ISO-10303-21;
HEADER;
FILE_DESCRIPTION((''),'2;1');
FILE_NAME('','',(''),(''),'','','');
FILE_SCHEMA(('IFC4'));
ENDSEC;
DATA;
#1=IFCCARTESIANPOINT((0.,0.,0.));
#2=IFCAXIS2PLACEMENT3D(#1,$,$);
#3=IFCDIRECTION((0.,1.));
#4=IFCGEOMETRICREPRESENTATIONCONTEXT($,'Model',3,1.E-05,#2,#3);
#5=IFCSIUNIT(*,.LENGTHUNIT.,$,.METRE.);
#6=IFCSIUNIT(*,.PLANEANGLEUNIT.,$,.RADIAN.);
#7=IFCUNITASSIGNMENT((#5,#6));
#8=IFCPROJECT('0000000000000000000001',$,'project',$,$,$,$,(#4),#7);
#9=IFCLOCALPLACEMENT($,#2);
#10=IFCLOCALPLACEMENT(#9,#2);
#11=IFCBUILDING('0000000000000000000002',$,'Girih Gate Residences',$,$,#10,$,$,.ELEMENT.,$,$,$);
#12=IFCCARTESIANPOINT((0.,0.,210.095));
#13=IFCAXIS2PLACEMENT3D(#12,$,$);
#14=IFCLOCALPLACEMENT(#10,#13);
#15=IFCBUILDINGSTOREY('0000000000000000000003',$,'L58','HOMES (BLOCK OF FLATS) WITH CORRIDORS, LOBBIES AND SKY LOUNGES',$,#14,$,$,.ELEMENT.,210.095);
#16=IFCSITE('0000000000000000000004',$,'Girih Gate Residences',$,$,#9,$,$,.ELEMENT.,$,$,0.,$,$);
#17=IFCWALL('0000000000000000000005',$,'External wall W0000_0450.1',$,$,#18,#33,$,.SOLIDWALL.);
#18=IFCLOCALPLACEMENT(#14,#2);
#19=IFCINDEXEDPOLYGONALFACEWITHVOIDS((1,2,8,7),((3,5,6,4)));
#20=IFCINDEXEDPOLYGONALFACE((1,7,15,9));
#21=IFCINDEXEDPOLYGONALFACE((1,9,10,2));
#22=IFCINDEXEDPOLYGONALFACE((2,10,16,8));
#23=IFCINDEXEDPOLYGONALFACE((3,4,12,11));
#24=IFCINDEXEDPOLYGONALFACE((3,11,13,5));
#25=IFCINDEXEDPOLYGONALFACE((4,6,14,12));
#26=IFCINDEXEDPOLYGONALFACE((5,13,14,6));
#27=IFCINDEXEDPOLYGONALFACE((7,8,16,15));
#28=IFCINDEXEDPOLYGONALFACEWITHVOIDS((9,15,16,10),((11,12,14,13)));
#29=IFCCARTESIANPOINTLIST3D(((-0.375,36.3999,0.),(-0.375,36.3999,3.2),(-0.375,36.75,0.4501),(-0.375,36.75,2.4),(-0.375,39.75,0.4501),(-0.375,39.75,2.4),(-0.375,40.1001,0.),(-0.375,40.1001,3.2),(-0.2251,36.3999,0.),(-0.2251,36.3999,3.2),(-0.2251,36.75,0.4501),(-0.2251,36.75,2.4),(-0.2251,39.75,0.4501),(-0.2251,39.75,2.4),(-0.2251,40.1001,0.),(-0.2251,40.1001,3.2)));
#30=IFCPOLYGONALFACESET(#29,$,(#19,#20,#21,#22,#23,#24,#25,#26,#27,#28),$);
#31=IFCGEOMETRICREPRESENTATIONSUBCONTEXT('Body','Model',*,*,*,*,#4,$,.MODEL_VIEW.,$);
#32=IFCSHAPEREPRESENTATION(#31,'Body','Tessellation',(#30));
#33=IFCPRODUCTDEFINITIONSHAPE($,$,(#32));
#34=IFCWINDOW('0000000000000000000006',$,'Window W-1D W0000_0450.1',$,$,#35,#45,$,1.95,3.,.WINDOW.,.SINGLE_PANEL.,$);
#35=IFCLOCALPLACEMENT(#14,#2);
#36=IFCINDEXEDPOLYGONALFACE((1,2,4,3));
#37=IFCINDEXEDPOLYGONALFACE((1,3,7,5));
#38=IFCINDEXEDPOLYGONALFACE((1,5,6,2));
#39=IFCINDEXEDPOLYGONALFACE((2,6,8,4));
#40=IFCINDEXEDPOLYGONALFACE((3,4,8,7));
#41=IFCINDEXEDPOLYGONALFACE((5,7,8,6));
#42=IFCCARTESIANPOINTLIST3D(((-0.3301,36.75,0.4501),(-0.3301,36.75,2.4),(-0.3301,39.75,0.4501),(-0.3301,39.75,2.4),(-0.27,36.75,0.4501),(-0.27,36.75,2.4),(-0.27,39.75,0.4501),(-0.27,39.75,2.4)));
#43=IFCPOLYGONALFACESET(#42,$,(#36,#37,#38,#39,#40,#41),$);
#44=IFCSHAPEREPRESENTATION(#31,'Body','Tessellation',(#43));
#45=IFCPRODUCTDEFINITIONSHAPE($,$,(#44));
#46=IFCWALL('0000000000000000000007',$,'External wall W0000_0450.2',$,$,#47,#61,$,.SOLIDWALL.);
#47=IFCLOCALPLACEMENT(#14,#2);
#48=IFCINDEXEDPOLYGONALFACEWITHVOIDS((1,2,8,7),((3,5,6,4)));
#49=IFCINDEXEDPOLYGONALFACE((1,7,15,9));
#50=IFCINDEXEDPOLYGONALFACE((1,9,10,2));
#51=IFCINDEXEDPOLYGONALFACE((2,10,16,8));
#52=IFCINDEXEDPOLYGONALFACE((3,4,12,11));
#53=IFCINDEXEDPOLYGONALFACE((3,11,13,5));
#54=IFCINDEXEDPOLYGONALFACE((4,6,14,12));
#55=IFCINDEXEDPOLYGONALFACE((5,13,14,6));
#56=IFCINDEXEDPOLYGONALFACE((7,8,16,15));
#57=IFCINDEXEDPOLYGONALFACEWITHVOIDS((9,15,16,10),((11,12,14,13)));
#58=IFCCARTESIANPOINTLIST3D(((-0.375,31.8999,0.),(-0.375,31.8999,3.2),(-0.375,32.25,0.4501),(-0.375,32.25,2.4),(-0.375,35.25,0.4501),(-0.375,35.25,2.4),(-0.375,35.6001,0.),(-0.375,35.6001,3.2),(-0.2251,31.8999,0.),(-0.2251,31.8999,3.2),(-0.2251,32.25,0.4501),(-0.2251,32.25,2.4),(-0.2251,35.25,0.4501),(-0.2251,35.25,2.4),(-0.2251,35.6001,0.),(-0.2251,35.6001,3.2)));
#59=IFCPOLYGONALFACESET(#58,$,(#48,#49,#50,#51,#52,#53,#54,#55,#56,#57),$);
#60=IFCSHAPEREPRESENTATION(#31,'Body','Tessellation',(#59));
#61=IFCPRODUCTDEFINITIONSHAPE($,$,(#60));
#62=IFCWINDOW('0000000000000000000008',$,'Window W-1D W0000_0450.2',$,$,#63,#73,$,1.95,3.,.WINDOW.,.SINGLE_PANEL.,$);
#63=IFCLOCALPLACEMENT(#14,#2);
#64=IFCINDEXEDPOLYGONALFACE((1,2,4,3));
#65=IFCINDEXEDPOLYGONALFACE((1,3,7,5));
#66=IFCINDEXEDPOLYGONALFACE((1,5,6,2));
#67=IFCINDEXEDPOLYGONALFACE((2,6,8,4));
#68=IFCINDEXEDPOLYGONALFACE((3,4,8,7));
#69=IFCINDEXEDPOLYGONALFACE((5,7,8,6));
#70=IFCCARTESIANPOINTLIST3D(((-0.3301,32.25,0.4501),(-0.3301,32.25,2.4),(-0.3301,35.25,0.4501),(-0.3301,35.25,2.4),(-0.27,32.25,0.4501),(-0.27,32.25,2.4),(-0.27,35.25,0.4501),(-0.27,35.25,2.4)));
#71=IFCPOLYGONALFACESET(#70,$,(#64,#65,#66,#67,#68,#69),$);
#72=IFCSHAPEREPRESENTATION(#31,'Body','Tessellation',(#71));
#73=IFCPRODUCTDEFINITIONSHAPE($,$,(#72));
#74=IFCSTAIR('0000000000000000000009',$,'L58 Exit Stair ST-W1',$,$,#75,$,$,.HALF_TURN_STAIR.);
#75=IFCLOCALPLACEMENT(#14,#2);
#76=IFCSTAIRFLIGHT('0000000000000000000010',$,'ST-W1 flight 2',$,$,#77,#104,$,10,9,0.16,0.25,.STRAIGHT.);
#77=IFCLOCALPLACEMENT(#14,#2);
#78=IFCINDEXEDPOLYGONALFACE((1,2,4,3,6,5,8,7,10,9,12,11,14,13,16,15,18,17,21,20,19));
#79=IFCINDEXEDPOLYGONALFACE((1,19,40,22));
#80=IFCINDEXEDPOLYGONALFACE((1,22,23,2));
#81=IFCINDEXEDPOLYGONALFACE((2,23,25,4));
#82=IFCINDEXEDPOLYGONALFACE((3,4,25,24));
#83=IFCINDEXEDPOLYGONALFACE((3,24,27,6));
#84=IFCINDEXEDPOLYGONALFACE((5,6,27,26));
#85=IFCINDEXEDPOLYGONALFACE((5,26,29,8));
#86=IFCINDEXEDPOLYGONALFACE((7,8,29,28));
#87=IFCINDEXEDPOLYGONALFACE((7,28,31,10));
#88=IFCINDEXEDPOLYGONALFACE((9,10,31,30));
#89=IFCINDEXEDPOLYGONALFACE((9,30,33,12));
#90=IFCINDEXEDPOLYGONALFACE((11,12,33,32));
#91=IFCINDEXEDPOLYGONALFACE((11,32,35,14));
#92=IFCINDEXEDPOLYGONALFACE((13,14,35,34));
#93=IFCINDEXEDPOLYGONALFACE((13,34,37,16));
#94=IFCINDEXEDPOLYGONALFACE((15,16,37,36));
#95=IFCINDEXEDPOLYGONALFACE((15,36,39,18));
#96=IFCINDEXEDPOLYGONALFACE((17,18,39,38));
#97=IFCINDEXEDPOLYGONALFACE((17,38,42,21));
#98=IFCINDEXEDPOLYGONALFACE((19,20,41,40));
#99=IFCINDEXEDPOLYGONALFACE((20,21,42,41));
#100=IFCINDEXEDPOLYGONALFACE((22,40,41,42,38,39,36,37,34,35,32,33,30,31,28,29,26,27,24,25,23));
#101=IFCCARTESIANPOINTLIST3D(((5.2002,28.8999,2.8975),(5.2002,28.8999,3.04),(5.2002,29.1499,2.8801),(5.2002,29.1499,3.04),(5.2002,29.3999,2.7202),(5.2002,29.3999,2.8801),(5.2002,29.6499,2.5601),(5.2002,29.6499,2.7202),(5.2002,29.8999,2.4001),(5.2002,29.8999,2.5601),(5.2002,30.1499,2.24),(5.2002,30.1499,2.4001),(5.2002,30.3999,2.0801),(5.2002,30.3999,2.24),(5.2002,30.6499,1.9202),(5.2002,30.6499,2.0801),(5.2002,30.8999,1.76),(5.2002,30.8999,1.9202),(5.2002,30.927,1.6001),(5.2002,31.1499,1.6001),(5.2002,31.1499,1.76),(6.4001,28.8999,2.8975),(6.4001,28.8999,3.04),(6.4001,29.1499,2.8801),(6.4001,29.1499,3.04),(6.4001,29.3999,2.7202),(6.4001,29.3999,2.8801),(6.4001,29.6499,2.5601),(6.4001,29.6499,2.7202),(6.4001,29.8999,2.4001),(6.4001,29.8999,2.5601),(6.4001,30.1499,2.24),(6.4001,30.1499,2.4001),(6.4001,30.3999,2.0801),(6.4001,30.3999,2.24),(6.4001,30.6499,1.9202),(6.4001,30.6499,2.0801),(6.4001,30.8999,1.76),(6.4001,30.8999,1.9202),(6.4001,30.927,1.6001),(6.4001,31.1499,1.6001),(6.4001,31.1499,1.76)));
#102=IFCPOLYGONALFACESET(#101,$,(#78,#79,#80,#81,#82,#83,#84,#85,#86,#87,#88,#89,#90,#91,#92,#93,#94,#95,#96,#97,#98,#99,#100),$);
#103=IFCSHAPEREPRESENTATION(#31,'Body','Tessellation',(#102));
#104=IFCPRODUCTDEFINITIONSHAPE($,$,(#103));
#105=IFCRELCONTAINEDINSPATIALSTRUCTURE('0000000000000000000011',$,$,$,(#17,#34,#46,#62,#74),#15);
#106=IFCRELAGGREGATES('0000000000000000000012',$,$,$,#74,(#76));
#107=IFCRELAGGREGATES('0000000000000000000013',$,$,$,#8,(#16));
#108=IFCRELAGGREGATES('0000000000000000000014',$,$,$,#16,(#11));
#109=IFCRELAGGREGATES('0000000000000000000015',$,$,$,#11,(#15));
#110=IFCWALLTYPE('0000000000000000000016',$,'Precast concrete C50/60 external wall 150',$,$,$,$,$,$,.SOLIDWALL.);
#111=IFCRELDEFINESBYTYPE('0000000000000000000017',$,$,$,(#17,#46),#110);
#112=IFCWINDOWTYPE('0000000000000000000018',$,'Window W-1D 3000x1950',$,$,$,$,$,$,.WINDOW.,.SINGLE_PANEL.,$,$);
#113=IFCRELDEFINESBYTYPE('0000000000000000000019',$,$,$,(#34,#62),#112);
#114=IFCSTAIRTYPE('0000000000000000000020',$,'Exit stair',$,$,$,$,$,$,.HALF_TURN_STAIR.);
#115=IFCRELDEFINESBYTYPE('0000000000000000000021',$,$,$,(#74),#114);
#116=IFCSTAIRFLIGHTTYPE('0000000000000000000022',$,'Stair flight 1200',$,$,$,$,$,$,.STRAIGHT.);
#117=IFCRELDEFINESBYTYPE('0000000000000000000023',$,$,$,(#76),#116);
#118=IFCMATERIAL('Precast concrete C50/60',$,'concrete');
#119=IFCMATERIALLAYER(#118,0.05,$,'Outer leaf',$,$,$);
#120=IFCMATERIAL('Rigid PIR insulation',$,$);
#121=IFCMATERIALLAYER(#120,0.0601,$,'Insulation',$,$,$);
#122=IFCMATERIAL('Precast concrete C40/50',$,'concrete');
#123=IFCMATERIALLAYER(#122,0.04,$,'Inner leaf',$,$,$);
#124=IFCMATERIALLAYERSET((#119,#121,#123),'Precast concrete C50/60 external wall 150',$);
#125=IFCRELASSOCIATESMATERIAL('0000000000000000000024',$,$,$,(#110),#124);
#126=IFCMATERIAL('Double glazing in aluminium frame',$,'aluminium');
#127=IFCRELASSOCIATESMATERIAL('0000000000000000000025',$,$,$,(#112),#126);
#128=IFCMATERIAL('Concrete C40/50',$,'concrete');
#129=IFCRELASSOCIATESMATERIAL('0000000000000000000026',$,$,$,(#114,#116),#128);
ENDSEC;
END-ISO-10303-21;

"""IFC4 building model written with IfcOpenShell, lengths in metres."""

from ifc_helpers import new_model, si_unit, direction, frame, frame_2d, origin, place, context, subcontext, project, spatial, polyline, rectangle, outline, extrude, material, layer, layer_set, type_object, element, fill, aggregate, save


model = new_model("IFC4")

# Units and contexts
model_context = context("Model", 3, precision=1e-05, world=origin(), true_north=direction((0.0, 1.0)))
body_context = subcontext(model_context, "Body", "Model", "MODEL_VIEW")
ifc_project = project(units=[si_unit("LENGTHUNIT", "METRE"), si_unit("PLANEANGLEUNIT", "RADIAN")], contexts=[model_context])

# Site, building, storey
site_placement = place(None, origin())
site = spatial("IfcSite", under=ifc_project, at=site_placement, Name="Girih Gate Residences", CompositionType="ELEMENT", RefElevation=0.0)
building_placement = place(site_placement, origin())
building = spatial("IfcBuilding", under=site, at=building_placement, Name="Girih Gate Residences", CompositionType="ELEMENT")
storey_placement = place(building_placement, frame((0.0, 0.0, 210.095)))
storey = spatial("IfcBuildingStorey", under=building, at=storey_placement, Name="L58", Description="HOMES (BLOCK OF FLATS) WITH CORRIDORS, LOBBIES AND SKY LOUNGES", CompositionType="ELEMENT", Elevation=210.095)

# Shared definitions
ifc_material_1 = material(Name="Concrete C40/50", Category="concrete")

# Walls, openings, windows
ifc_material_2 = material(Name="Precast concrete C50/60", Category="concrete")
ifc_layer_1 = layer(ifc_material_2, 0.05, Name="Outer leaf")
ifc_material_3 = material(Name="Rigid PIR insulation")
ifc_layer_2 = layer(ifc_material_3, 0.0601, Name="Insulation")
ifc_material_4 = material(Name="Precast concrete C40/50", Category="concrete")
ifc_layer_3 = layer(ifc_material_4, 0.04, Name="Inner leaf")
ifc_layer_set_1 = layer_set([ifc_layer_1, ifc_layer_2, ifc_layer_3], Name="Precast concrete C50/60 external wall 150")
wall_type_1 = type_object("IfcWallType", Name="Precast concrete C50/60 external wall 150", PredefinedType="SOLIDWALL", material=ifc_layer_set_1)
wall_1_placement = place(storey_placement, frame((-0.3, 36.3999, 0.0), z_axis=(0.0, 0.0, 1.0), x_axis=(0.0, 1.0, 0.0)))
wall_1 = element("IfcWall", 1, at=wall_1_placement, inside=storey, type_object=wall_type_1, Name="External wall W0000_0450.1", PredefinedType="SOLIDWALL", context=body_context, shape_type="SweptSolid", body=[
    extrude(rectangle(XDim=3.7002, YDim=0.1499, at=frame_2d((1.8501, 0.0))), origin(), (0.0, 0.0, 1.0), 3.2),
])
opening_1_placement = place(wall_1_placement, frame((0.3501, 0.0, 0.45)))
opening_1 = element("IfcOpeningElement", 2, at=opening_1_placement, cuts=wall_1, PredefinedType="OPENING", context=body_context, shape_type="SweptSolid", body=[
    extrude(rectangle(XDim=3.0, YDim=1.95, at=frame_2d((1.5, 0.9751))), frame((0.0, 0.085, 0.0), z_axis=(0.0, -1.0, 0.0), x_axis=(1.0, 0.0, 0.0)), (0.0, 0.0, 1.0), 0.1699),
])
ifc_material_5 = material(Name="Double glazing in aluminium frame", Category="aluminium")
window_type = type_object("IfcWindowType", Name="Window W-1D 3000x1950", PartitioningType="SINGLE_PANEL", PredefinedType="WINDOW", material=ifc_material_5)
window_1_placement = place(opening_1_placement, origin())
window_1 = element("IfcWindow", 3, at=window_1_placement, inside=storey, type_object=window_type, Name="Window W-1D W0000_0450.1", OverallHeight=1.95, OverallWidth=3.0, PartitioningType="SINGLE_PANEL", PredefinedType="WINDOW", context=body_context, shape_type="SweptSolid", body=[
    extrude(rectangle(XDim=3.0, YDim=1.95, at=frame_2d((1.5, 0.9751))), frame((0.0, 0.03, 0.0), z_axis=(0.0, -1.0, 0.0), x_axis=(1.0, 0.0, 0.0)), (0.0, 0.0, 1.0), 0.0601),
])
fill(opening_1, window_1)
wall_2_placement = place(storey_placement, frame((-0.3, 31.8999, 0.0), z_axis=(0.0, 0.0, 1.0), x_axis=(0.0, 1.0, 0.0)))
wall_2 = element("IfcWall", 4, at=wall_2_placement, inside=storey, type_object=wall_type_1, Name="External wall W0000_0450.2", PredefinedType="SOLIDWALL", context=body_context, shape_type="SweptSolid", body=[
    extrude(rectangle(XDim=3.7002, YDim=0.1499, at=frame_2d((1.8501, 0.0))), origin(), (0.0, 0.0, 1.0), 3.2),
])
opening_2_placement = place(wall_2_placement, frame((0.3501, 0.0, 0.45)))
opening_2 = element("IfcOpeningElement", 5, at=opening_2_placement, cuts=wall_2, PredefinedType="OPENING", context=body_context, shape_type="SweptSolid", body=[
    extrude(rectangle(XDim=3.0, YDim=1.95, at=frame_2d((1.5, 0.9751))), frame((0.0, 0.085, 0.0), z_axis=(0.0, -1.0, 0.0), x_axis=(1.0, 0.0, 0.0)), (0.0, 0.0, 1.0), 0.1699),
])
window_2_placement = place(opening_2_placement, origin())
window_2 = element("IfcWindow", 6, at=window_2_placement, inside=storey, type_object=window_type, Name="Window W-1D W0000_0450.2", OverallHeight=1.95, OverallWidth=3.0, PartitioningType="SINGLE_PANEL", PredefinedType="WINDOW", context=body_context, shape_type="SweptSolid", body=[
    extrude(rectangle(XDim=3.0, YDim=1.95, at=frame_2d((1.5, 0.9751))), frame((0.0, 0.03, 0.0), z_axis=(0.0, -1.0, 0.0), x_axis=(1.0, 0.0, 0.0)), (0.0, 0.0, 1.0), 0.0601),
])
fill(opening_2, window_2)

# Stair, stair flight
stair_type = type_object("IfcStairType", Name="Exit stair", PredefinedType="HALF_TURN_STAIR", material=ifc_material_1)
stair_placement = place(storey_placement, origin())
stair = element("IfcStair", 7, at=stair_placement, inside=storey, type_object=stair_type, Name="L58 Exit Stair ST-W1", PredefinedType="HALF_TURN_STAIR")
stair_flight_type = type_object("IfcStairFlightType", Name="Stair flight 1200", PredefinedType="STRAIGHT", material=ifc_material_1)
stair_flight_placement = place(storey_placement, frame((5.8, 31.1499, 1.6001), z_axis=(0.0, 0.0, 1.0), x_axis=(0.0, -1.0, 0.0)))
stair_flight = element("IfcStairFlight", 8, at=stair_flight_placement, type_object=stair_flight_type, Name="ST-W1 flight 2", NumberOfRisers=10, NumberOfTreads=9, PredefinedType="STRAIGHT", RiserHeight=0.16, TreadLength=0.25, context=body_context, shape_type="SweptSolid", body=[
    extrude(outline(polyline([(0.0, 0.0), (0.0, 0.1599), (0.25, 0.1599), (0.25, 0.3201), (0.5, 0.3201), (0.5, 0.48), (0.75, 0.48), (0.75, 0.6399), (1.0, 0.6399), (1.0, 0.8), (1.25, 0.8), (1.25, 0.96), (1.5, 0.96), (1.5, 1.1201), (1.75, 1.1201), (1.75, 1.28), (2.0, 1.28), (2.0, 1.4399), (2.25, 1.4399), (2.25, 1.6001), (2.25, 1.2974), (0.2229, 0.0), (0.0, 0.0)])), frame((0.0, 0.6001, 0.0), z_axis=(0.0, -1.0, 0.0), x_axis=(1.0, 0.0, 0.0)), (0.0, 0.0, 1.0), 1.2),
])
aggregate(stair, [stair_flight])

save(model, "model.ifc")
